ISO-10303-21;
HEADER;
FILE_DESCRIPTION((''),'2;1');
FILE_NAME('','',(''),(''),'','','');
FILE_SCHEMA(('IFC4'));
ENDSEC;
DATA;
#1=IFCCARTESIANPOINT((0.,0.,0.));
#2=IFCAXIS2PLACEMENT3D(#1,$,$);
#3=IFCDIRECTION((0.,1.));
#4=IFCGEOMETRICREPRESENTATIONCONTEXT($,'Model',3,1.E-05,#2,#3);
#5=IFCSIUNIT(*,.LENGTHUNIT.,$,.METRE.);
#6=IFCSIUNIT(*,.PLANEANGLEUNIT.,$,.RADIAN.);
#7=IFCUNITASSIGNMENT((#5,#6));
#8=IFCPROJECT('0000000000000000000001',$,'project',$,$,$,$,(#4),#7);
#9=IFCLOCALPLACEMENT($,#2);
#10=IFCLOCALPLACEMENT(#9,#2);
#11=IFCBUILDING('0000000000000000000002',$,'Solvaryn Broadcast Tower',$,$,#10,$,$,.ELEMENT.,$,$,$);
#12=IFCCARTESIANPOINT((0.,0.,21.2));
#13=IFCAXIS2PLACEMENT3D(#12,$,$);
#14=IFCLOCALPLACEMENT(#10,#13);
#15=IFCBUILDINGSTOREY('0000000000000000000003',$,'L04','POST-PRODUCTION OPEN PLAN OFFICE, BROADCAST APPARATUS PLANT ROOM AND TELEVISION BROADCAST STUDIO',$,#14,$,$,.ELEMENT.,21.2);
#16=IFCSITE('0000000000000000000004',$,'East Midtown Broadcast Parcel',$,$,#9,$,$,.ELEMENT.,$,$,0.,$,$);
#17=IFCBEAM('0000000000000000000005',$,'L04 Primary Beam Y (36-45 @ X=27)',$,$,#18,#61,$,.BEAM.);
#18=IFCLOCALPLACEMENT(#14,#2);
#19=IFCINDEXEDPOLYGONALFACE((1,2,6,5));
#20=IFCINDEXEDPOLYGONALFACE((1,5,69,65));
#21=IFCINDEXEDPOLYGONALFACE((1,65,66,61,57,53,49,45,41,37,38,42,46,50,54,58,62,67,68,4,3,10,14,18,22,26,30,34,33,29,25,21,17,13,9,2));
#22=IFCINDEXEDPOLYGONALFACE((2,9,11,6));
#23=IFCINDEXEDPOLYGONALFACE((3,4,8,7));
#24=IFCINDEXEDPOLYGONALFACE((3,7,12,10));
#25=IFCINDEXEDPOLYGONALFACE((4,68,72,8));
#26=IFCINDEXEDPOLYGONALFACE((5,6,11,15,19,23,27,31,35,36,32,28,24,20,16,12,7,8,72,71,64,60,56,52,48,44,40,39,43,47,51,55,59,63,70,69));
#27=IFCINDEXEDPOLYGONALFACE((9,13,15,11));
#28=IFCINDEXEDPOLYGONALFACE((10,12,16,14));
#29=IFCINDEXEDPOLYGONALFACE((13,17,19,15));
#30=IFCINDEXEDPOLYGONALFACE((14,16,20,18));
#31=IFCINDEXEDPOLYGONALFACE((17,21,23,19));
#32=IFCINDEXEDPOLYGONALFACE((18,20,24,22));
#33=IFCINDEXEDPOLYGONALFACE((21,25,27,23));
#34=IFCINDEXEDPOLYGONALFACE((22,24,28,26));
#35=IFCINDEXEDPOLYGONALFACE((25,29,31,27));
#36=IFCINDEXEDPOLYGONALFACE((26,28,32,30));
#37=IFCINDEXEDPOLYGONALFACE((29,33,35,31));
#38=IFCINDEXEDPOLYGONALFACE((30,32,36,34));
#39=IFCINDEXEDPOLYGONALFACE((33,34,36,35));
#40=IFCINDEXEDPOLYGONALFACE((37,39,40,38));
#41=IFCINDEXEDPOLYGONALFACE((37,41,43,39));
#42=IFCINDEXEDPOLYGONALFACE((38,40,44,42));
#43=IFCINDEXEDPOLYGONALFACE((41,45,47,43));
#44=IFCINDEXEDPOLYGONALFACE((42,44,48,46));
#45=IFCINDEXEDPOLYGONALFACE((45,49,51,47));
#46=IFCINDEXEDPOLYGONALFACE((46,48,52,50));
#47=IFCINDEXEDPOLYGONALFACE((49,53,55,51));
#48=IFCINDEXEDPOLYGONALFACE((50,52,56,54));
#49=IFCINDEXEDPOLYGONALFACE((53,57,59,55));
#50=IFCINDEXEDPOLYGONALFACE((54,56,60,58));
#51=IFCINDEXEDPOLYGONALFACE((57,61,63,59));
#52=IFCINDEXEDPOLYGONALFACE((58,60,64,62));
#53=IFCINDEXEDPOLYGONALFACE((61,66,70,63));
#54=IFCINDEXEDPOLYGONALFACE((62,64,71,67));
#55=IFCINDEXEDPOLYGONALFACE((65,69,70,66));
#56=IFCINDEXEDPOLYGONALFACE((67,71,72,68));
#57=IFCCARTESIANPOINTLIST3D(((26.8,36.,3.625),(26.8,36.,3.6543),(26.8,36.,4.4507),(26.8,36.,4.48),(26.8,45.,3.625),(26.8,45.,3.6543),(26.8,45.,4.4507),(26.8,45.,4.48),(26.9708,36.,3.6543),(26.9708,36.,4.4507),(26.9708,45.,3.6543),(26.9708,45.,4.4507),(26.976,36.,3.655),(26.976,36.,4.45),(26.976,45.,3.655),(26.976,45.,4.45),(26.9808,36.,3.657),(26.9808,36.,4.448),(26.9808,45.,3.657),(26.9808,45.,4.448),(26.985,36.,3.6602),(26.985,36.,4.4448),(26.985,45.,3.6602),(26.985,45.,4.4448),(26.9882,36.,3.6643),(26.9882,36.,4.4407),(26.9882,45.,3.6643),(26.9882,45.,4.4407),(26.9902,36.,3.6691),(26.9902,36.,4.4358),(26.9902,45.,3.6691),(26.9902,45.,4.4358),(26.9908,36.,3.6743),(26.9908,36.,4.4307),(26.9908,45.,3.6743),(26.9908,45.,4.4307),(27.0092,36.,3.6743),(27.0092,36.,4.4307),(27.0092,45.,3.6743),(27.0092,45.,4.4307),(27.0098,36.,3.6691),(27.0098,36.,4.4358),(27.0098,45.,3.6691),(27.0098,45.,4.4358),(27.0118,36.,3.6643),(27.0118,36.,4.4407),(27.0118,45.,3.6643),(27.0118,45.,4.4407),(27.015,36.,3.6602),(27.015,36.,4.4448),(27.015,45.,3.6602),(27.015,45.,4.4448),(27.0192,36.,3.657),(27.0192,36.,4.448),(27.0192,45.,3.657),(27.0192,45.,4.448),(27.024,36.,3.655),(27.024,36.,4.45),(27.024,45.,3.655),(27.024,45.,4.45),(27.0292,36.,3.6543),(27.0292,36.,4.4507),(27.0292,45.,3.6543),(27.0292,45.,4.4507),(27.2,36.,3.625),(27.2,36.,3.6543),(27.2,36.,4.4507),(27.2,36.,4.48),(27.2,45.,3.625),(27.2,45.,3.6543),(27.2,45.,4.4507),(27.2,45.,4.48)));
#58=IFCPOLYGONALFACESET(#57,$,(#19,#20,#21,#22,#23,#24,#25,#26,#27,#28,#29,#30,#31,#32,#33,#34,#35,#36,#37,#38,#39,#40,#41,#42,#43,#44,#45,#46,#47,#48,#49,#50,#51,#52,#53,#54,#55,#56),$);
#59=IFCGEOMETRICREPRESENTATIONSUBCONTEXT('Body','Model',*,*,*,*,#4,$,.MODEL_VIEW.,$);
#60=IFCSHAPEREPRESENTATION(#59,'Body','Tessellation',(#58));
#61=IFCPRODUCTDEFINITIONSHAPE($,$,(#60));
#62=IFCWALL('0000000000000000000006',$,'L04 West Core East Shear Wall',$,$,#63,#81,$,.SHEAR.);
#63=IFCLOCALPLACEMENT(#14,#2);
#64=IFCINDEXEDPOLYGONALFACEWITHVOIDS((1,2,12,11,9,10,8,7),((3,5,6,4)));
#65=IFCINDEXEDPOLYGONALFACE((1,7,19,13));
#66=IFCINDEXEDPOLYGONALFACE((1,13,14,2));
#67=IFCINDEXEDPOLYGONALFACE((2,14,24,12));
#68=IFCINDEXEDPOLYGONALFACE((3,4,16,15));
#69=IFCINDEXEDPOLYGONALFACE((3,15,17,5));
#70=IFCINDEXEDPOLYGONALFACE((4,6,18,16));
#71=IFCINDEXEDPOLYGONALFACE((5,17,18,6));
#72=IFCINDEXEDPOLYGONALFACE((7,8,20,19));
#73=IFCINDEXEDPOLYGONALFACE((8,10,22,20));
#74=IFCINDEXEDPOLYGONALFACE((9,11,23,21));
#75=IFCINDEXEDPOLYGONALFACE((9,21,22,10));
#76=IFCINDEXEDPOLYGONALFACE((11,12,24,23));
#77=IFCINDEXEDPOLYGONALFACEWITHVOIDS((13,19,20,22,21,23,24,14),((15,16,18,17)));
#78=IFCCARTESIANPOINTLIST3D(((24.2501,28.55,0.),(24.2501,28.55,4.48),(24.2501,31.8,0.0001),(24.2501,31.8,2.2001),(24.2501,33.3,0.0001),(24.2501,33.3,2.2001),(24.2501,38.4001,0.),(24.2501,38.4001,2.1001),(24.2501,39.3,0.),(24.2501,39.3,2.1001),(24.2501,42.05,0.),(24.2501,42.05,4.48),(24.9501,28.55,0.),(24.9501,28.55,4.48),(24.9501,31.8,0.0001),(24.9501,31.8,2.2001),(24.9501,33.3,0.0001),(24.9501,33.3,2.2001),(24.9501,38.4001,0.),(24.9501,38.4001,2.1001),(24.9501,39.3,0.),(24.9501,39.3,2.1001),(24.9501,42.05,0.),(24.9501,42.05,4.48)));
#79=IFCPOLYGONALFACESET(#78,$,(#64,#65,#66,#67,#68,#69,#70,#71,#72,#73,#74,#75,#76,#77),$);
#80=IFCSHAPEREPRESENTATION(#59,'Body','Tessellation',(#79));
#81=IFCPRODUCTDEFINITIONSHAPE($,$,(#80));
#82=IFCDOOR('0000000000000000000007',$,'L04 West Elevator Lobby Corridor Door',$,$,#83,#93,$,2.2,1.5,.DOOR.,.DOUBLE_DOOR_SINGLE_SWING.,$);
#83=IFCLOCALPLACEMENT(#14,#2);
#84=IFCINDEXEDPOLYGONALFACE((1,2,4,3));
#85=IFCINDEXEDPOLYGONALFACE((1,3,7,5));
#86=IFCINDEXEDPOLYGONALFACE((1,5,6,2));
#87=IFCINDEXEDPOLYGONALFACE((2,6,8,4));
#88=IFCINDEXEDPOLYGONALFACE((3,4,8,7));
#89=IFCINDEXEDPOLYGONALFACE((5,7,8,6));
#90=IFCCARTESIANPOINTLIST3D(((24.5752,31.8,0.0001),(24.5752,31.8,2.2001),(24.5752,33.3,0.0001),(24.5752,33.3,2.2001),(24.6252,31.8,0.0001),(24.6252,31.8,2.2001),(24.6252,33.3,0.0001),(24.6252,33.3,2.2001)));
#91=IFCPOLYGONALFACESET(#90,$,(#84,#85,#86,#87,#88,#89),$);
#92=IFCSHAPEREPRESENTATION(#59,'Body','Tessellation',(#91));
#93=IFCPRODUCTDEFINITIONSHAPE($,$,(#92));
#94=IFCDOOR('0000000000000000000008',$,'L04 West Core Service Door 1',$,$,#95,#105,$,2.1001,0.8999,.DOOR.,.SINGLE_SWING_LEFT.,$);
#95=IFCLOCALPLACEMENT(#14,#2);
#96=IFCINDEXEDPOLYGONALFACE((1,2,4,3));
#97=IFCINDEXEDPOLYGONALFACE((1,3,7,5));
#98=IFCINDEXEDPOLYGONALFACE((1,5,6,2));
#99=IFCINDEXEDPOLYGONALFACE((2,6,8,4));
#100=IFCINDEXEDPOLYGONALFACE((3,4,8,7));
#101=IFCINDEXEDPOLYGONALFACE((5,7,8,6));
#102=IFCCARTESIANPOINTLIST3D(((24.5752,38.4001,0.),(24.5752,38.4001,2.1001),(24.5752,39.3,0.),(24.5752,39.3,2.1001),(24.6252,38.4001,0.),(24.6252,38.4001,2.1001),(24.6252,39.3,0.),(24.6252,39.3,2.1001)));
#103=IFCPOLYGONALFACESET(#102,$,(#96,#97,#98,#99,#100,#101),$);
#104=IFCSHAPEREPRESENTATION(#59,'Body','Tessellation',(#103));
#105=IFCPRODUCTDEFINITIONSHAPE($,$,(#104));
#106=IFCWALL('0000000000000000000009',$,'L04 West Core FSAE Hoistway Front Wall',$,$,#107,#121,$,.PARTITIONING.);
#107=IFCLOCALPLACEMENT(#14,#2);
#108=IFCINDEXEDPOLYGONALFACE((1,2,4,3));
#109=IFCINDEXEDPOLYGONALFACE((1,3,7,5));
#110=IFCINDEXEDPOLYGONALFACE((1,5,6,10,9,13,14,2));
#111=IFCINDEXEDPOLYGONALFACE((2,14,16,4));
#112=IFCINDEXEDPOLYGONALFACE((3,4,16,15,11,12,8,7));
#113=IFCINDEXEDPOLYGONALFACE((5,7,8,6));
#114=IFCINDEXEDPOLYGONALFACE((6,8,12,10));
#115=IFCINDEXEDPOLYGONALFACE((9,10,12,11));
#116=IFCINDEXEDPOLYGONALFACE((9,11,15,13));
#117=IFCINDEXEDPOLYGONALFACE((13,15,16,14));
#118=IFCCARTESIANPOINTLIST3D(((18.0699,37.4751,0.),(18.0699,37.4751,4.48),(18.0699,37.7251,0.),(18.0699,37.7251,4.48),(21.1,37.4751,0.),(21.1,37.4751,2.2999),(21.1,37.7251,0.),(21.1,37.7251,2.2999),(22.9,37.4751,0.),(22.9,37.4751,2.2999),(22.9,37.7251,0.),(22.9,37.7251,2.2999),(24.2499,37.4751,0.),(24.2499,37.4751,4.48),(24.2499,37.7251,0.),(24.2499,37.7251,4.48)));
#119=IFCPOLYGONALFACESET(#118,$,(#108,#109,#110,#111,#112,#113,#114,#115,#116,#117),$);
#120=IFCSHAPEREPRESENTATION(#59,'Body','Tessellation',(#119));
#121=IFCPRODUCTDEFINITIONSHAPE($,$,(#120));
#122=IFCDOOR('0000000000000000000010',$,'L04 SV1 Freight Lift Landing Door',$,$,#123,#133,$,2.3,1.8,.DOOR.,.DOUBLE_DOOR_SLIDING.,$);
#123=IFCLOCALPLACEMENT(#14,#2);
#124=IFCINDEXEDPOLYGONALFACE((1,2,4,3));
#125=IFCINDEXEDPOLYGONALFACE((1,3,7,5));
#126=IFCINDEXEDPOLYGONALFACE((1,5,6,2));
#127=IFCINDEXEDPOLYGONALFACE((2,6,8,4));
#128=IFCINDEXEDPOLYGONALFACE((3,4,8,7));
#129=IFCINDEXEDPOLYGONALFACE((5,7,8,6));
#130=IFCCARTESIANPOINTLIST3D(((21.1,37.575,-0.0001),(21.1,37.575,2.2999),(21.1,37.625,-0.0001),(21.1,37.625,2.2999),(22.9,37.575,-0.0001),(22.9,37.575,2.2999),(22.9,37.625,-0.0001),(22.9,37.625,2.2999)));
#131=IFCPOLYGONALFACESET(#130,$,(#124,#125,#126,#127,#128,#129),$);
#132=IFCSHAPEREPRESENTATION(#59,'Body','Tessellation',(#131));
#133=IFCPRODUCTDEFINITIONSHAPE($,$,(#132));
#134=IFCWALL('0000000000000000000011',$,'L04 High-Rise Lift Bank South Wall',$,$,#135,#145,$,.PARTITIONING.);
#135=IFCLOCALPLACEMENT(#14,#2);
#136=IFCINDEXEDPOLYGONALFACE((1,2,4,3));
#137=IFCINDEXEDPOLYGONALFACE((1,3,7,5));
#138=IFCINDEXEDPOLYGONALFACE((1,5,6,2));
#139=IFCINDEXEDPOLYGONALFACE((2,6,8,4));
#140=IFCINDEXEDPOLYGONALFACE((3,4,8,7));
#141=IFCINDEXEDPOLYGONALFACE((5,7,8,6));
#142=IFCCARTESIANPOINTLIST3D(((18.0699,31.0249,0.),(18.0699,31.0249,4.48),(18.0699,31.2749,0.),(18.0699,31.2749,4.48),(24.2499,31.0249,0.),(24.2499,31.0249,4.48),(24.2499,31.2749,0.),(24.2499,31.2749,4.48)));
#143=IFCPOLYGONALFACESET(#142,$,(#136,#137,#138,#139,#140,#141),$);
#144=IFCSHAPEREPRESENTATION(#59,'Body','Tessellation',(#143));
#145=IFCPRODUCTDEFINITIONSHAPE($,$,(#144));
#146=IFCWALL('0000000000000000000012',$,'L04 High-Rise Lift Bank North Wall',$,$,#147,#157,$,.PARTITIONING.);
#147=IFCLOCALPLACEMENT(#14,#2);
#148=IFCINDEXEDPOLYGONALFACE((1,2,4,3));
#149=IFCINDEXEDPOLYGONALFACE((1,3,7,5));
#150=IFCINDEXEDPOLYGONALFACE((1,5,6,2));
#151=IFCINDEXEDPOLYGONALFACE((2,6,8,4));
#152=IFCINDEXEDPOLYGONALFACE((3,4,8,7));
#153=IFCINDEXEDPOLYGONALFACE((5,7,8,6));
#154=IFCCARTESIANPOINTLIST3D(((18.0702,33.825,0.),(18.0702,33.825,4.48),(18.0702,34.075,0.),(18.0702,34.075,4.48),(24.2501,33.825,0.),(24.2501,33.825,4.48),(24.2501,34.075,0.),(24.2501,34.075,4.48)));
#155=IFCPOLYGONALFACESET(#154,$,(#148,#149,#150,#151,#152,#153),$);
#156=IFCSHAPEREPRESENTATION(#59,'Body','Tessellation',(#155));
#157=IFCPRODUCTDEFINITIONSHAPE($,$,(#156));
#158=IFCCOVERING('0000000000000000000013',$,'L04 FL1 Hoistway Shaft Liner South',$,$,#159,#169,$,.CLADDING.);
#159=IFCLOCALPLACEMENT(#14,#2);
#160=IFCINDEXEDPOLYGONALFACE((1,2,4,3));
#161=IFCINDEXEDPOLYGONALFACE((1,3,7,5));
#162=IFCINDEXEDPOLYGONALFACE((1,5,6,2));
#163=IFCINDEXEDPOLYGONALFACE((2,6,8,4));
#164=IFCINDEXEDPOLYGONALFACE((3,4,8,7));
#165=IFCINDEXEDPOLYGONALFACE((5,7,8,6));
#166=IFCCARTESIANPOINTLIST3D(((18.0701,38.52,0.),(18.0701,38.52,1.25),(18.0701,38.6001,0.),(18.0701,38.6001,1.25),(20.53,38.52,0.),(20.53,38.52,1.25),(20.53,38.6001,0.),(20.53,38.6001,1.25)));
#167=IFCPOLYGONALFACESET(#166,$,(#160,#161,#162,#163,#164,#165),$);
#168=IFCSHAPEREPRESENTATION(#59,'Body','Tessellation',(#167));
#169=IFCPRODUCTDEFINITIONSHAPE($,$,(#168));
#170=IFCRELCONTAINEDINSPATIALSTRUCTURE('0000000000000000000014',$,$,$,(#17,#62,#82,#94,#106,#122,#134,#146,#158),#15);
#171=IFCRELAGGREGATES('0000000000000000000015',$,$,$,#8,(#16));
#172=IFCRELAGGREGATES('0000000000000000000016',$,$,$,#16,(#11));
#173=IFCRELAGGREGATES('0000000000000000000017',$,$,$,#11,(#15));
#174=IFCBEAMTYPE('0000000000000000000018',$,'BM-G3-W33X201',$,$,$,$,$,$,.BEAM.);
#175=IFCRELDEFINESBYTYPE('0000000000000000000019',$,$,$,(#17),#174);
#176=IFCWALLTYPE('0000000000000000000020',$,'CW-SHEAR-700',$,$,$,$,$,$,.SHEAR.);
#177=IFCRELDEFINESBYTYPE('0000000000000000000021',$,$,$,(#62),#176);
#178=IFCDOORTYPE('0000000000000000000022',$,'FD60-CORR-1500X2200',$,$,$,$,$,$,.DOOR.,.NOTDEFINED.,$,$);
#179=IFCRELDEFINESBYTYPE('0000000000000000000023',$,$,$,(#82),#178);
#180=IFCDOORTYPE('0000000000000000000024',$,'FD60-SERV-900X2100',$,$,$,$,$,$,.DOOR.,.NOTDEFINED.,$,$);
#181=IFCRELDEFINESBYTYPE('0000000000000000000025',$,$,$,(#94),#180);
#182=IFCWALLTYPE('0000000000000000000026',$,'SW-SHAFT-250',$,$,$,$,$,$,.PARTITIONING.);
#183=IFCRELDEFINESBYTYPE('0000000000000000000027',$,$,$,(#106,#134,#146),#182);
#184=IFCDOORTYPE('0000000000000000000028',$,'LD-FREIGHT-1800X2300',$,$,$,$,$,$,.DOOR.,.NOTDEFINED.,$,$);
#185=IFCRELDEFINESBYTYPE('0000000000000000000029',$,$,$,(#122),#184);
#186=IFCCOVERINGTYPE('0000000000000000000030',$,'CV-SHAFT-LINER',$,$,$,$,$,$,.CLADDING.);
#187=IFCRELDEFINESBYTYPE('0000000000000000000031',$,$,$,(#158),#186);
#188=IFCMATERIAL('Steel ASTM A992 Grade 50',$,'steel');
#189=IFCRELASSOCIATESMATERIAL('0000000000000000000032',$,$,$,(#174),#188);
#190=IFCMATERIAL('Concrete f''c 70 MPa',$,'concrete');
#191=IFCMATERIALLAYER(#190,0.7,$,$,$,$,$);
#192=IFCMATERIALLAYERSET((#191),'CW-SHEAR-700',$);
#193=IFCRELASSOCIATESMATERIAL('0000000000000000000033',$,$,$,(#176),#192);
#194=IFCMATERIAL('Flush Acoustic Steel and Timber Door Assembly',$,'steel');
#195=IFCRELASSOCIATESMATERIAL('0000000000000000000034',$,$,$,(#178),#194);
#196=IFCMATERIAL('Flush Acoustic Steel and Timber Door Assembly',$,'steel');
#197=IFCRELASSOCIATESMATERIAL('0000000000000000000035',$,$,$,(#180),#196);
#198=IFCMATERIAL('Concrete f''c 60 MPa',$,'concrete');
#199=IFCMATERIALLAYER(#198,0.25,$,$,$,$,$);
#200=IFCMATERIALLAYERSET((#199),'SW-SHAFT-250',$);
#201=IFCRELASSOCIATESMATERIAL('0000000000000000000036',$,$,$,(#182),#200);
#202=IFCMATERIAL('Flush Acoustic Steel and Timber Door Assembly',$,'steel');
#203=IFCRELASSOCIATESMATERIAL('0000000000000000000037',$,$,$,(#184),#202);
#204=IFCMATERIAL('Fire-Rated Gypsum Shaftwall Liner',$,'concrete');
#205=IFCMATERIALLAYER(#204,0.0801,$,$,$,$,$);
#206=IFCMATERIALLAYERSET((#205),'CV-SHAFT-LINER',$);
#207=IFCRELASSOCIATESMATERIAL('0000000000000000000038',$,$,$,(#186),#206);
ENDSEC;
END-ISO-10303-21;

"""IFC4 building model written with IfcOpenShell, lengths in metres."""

from ifc_helpers import new_model, si_unit, direction, frame, frame_2d, origin, origin_2d, place, context, subcontext, project, spatial, rectangle, i_section, extrude, material, layer, layer_set, material_profile, profile_set, type_object, element, fill, save


model = new_model("IFC4")

# Units and contexts
model_context = context("Model", 3, precision=1e-05, world=origin(), true_north=direction((0.0, 1.0)))
body_context = subcontext(model_context, "Body", "Model", "MODEL_VIEW")
ifc_project = project(units=[si_unit("LENGTHUNIT", "METRE"), si_unit("PLANEANGLEUNIT", "RADIAN")], contexts=[model_context])

# Site, building, storey
site_placement = place(None, origin())
site = spatial("IfcSite", under=ifc_project, at=site_placement, Name="East Midtown Broadcast Parcel", CompositionType="ELEMENT", RefElevation=0.0)
building_placement = place(site_placement, origin())
building = spatial("IfcBuilding", under=site, at=building_placement, Name="Solvaryn Broadcast Tower", CompositionType="ELEMENT")
storey_placement = place(building_placement, frame((0.0, 0.0, 21.2)))
storey = spatial("IfcBuildingStorey", under=building, at=storey_placement, Name="L04", Description="POST-PRODUCTION OPEN PLAN OFFICE, BROADCAST APPARATUS PLANT ROOM AND TELEVISION BROADCAST STUDIO", CompositionType="ELEMENT", Elevation=21.2)

# Beam
ifc_material_1 = material(Name="Steel ASTM A992 Grade 50", Category="steel")
ifc_material_profile_1 = material_profile(ifc_material_1, i_section(OverallWidth=0.3999, OverallDepth=0.855, WebThickness=0.0183, FlangeThickness=0.0293, FilletRadius=0.02, at=origin_2d()))
ifc_profile_set_1 = profile_set([ifc_material_profile_1], Name="Steel ASTM A992 Grade 50")
beam_type_1 = type_object("IfcBeamType", Name="BM-G3-W33X201", PredefinedType="BEAM", material=ifc_profile_set_1)
beam_1_placement = place(storey_placement, frame((27.0, 36.0, 4.0525), z_axis=(0.0, 1.0, 0.0), x_axis=(-1.0, 0.0, 0.0)))
element("IfcBeam", 1, at=beam_1_placement, inside=storey, type_object=beam_type_1, Name="L04 Primary Beam Y (36-45 @ X=27)", PredefinedType="BEAM", context=body_context, shape_type="SweptSolid", body=[
    extrude(i_section(OverallWidth=0.3999, OverallDepth=0.855, WebThickness=0.0183, FlangeThickness=0.0293, FilletRadius=0.02, at=origin_2d()), origin(), (0.0, 0.0, 1.0), 9.0),
])

# Wall, openings, doors
ifc_material_2 = material(Name="Concrete f'c 70 MPa", Category="concrete")
ifc_layer_1 = layer(ifc_material_2, 0.7)
ifc_layer_set_1 = layer_set([ifc_layer_1], Name="CW-SHEAR-700")
wall_type_1 = type_object("IfcWallType", Name="CW-SHEAR-700", PredefinedType="SHEAR", material=ifc_layer_set_1)
wall_1_placement = place(storey_placement, frame((24.6001, 28.55, 0.0), z_axis=(0.0, 0.0, 1.0), x_axis=(0.0, 1.0, 0.0)))
wall_1 = element("IfcWall", 2, at=wall_1_placement, inside=storey, type_object=wall_type_1, Name="L04 West Core East Shear Wall", PredefinedType="SHEAR", context=body_context, shape_type="SweptSolid", body=[
    extrude(rectangle(XDim=13.5, YDim=0.7, at=frame_2d((6.75, 0.0))), origin(), (0.0, 0.0, 1.0), 4.48),
])
opening_1_placement = place(wall_1_placement, frame((3.25, 0.0, 0.0)))
opening_1 = element("IfcOpeningElement", 3, at=opening_1_placement, cuts=wall_1, PredefinedType="OPENING", context=body_context, shape_type="SweptSolid", body=[
    extrude(rectangle(XDim=1.5, YDim=2.2, at=frame_2d((0.75, 1.1001))), frame((0.0, 0.3601, 0.0), z_axis=(0.0, -1.0, 0.0), x_axis=(1.0, 0.0, 0.0)), (0.0, 0.0, 1.0), 0.72),
])
opening_2_placement = place(wall_1_placement, frame((9.8501, 0.0, 0.0)))
opening_2 = element("IfcOpeningElement", 4, at=opening_2_placement, cuts=wall_1, PredefinedType="OPENING", context=body_context, shape_type="SweptSolid", body=[
    extrude(rectangle(XDim=0.8999, YDim=2.1001, at=frame_2d((0.45, 1.05))), frame((0.0, 0.3601, 0.0), z_axis=(0.0, -1.0, 0.0), x_axis=(1.0, 0.0, 0.0)), (0.0, 0.0, 1.0), 0.72),
])
ifc_material_3 = material(Name="Flush Acoustic Steel and Timber Door Assembly", Category="steel")
door_type_1 = type_object("IfcDoorType", Name="FD60-CORR-1500X2200", OperationType="NOTDEFINED", PredefinedType="DOOR", material=ifc_material_3)
door_1_placement = place(opening_1_placement, origin())
door_1 = element("IfcDoor", 5, at=door_1_placement, inside=storey, type_object=door_type_1, Name="L04 West Elevator Lobby Corridor Door", OperationType="DOUBLE_DOOR_SINGLE_SWING", OverallHeight=2.2, OverallWidth=1.5, PredefinedType="DOOR", context=body_context, shape_type="SweptSolid", body=[
    extrude(rectangle(XDim=1.5, YDim=2.2, at=frame_2d((0.75, 1.1001))), frame((0.0, 0.0249, 0.0), z_axis=(0.0, -1.0, 0.0), x_axis=(1.0, 0.0, 0.0)), (0.0, 0.0, 1.0), 0.05),
])
fill(opening_1, door_1)
ifc_material_4 = material(Name="Flush Acoustic Steel and Timber Door Assembly", Category="steel")
door_type_2 = type_object("IfcDoorType", Name="FD60-SERV-900X2100", OperationType="NOTDEFINED", PredefinedType="DOOR", material=ifc_material_4)
door_2_placement = place(opening_2_placement, origin())
door_2 = element("IfcDoor", 6, at=door_2_placement, inside=storey, type_object=door_type_2, Name="L04 West Core Service Door 1", OperationType="SINGLE_SWING_LEFT", OverallHeight=2.1001, OverallWidth=0.8999, PredefinedType="DOOR", context=body_context, shape_type="SweptSolid", body=[
    extrude(rectangle(XDim=0.8999, YDim=2.1001, at=frame_2d((0.45, 1.05))), frame((0.0, 0.0249, 0.0), z_axis=(0.0, -1.0, 0.0), x_axis=(1.0, 0.0, 0.0)), (0.0, 0.0, 1.0), 0.05),
])
fill(opening_2, door_2)

# Wall, opening, door
ifc_material_5 = material(Name="Concrete f'c 60 MPa", Category="concrete")
ifc_layer_2 = layer(ifc_material_5, 0.25)
ifc_layer_set_2 = layer_set([ifc_layer_2], Name="SW-SHAFT-250")
wall_type_2 = type_object("IfcWallType", Name="SW-SHAFT-250", PredefinedType="PARTITIONING", material=ifc_layer_set_2)
wall_2_placement = place(storey_placement, frame((18.0701, 37.6001, 0.0), z_axis=(0.0, 0.0, 1.0), x_axis=(1.0, 0.0, 0.0)))
wall_2 = element("IfcWall", 7, at=wall_2_placement, inside=storey, type_object=wall_type_2, Name="L04 West Core FSAE Hoistway Front Wall", PredefinedType="PARTITIONING", context=body_context, shape_type="SweptSolid", body=[
    extrude(rectangle(XDim=6.1799, YDim=0.25, at=frame_2d((3.0898, 0.0))), origin(), (0.0, 0.0, 1.0), 4.48),
])
opening_3_placement = place(wall_2_placement, frame((3.03, 0.0, 0.0)))
opening_3 = element("IfcOpeningElement", 8, at=opening_3_placement, cuts=wall_2, PredefinedType="OPENING", context=body_context, shape_type="SweptSolid", body=[
    extrude(rectangle(XDim=1.8, YDim=2.3, at=frame_2d((0.8999, 1.1499))), frame((0.0, 0.135, 0.0), z_axis=(0.0, -1.0, 0.0), x_axis=(1.0, 0.0, 0.0)), (0.0, 0.0, 1.0), 0.27),
])
ifc_material_6 = material(Name="Flush Acoustic Steel and Timber Door Assembly", Category="steel")
door_type_3 = type_object("IfcDoorType", Name="LD-FREIGHT-1800X2300", OperationType="NOTDEFINED", PredefinedType="DOOR", material=ifc_material_6)
door_3_placement = place(opening_3_placement, origin())
door_3 = element("IfcDoor", 9, at=door_3_placement, inside=storey, type_object=door_type_3, Name="L04 SV1 Freight Lift Landing Door", OperationType="DOUBLE_DOOR_SLIDING", OverallHeight=2.3, OverallWidth=1.8, PredefinedType="DOOR", context=body_context, shape_type="SweptSolid", body=[
    extrude(rectangle(XDim=1.8, YDim=2.3, at=frame_2d((0.8999, 1.1499))), frame((0.0, 0.0249, 0.0), z_axis=(0.0, -1.0, 0.0), x_axis=(1.0, 0.0, 0.0)), (0.0, 0.0, 1.0), 0.05),
])
fill(opening_3, door_3)

# Walls
for number, where, z_axis, x_axis, name in (
    (10, (18.0701, 31.1499, 0.0), (0.0, 0.0, 1.0), (1.0, 0.0, 0.0), "L04 High-Rise Lift Bank South Wall"),
    (11, (24.25, 33.95, 0.0), (0.0, 0.0, 1.0), (-1.0, 0.0, 0.0), "L04 High-Rise Lift Bank North Wall"),
):
    element("IfcWall", number, at=place(storey_placement, frame(where, z_axis=z_axis, x_axis=x_axis)), inside=storey, type_object=wall_type_2, Name=name, PredefinedType="PARTITIONING", context=body_context, shape_type="SweptSolid", body=[
        extrude(rectangle(XDim=6.1799, YDim=0.25, at=frame_2d((3.0898, 0.0))), origin(), (0.0, 0.0, 1.0), 4.48),
    ])

# Covering
ifc_material_7 = material(Name="Fire-Rated Gypsum Shaftwall Liner", Category="concrete")
ifc_layer_3 = layer(ifc_material_7, 0.0801)
ifc_layer_set_3 = layer_set([ifc_layer_3], Name="CV-SHAFT-LINER")
covering_type = type_object("IfcCoveringType", Name="CV-SHAFT-LINER", PredefinedType="CLADDING", material=ifc_layer_set_3)
covering_placement = place(storey_placement, frame((19.3, 38.5601, 0.0), z_axis=(0.0, 0.0, 1.0), x_axis=(1.0, 0.0, 0.0)))
element("IfcCovering", 12, at=covering_placement, inside=storey, type_object=covering_type, Name="L04 FL1 Hoistway Shaft Liner South", PredefinedType="CLADDING", context=body_context, shape_type="SweptSolid", body=[
    extrude(rectangle(XDim=2.46, YDim=0.0801, at=origin_2d()), origin(), (0.0, 0.0, 1.0), 1.25),
])

save(model, "model.ifc")
